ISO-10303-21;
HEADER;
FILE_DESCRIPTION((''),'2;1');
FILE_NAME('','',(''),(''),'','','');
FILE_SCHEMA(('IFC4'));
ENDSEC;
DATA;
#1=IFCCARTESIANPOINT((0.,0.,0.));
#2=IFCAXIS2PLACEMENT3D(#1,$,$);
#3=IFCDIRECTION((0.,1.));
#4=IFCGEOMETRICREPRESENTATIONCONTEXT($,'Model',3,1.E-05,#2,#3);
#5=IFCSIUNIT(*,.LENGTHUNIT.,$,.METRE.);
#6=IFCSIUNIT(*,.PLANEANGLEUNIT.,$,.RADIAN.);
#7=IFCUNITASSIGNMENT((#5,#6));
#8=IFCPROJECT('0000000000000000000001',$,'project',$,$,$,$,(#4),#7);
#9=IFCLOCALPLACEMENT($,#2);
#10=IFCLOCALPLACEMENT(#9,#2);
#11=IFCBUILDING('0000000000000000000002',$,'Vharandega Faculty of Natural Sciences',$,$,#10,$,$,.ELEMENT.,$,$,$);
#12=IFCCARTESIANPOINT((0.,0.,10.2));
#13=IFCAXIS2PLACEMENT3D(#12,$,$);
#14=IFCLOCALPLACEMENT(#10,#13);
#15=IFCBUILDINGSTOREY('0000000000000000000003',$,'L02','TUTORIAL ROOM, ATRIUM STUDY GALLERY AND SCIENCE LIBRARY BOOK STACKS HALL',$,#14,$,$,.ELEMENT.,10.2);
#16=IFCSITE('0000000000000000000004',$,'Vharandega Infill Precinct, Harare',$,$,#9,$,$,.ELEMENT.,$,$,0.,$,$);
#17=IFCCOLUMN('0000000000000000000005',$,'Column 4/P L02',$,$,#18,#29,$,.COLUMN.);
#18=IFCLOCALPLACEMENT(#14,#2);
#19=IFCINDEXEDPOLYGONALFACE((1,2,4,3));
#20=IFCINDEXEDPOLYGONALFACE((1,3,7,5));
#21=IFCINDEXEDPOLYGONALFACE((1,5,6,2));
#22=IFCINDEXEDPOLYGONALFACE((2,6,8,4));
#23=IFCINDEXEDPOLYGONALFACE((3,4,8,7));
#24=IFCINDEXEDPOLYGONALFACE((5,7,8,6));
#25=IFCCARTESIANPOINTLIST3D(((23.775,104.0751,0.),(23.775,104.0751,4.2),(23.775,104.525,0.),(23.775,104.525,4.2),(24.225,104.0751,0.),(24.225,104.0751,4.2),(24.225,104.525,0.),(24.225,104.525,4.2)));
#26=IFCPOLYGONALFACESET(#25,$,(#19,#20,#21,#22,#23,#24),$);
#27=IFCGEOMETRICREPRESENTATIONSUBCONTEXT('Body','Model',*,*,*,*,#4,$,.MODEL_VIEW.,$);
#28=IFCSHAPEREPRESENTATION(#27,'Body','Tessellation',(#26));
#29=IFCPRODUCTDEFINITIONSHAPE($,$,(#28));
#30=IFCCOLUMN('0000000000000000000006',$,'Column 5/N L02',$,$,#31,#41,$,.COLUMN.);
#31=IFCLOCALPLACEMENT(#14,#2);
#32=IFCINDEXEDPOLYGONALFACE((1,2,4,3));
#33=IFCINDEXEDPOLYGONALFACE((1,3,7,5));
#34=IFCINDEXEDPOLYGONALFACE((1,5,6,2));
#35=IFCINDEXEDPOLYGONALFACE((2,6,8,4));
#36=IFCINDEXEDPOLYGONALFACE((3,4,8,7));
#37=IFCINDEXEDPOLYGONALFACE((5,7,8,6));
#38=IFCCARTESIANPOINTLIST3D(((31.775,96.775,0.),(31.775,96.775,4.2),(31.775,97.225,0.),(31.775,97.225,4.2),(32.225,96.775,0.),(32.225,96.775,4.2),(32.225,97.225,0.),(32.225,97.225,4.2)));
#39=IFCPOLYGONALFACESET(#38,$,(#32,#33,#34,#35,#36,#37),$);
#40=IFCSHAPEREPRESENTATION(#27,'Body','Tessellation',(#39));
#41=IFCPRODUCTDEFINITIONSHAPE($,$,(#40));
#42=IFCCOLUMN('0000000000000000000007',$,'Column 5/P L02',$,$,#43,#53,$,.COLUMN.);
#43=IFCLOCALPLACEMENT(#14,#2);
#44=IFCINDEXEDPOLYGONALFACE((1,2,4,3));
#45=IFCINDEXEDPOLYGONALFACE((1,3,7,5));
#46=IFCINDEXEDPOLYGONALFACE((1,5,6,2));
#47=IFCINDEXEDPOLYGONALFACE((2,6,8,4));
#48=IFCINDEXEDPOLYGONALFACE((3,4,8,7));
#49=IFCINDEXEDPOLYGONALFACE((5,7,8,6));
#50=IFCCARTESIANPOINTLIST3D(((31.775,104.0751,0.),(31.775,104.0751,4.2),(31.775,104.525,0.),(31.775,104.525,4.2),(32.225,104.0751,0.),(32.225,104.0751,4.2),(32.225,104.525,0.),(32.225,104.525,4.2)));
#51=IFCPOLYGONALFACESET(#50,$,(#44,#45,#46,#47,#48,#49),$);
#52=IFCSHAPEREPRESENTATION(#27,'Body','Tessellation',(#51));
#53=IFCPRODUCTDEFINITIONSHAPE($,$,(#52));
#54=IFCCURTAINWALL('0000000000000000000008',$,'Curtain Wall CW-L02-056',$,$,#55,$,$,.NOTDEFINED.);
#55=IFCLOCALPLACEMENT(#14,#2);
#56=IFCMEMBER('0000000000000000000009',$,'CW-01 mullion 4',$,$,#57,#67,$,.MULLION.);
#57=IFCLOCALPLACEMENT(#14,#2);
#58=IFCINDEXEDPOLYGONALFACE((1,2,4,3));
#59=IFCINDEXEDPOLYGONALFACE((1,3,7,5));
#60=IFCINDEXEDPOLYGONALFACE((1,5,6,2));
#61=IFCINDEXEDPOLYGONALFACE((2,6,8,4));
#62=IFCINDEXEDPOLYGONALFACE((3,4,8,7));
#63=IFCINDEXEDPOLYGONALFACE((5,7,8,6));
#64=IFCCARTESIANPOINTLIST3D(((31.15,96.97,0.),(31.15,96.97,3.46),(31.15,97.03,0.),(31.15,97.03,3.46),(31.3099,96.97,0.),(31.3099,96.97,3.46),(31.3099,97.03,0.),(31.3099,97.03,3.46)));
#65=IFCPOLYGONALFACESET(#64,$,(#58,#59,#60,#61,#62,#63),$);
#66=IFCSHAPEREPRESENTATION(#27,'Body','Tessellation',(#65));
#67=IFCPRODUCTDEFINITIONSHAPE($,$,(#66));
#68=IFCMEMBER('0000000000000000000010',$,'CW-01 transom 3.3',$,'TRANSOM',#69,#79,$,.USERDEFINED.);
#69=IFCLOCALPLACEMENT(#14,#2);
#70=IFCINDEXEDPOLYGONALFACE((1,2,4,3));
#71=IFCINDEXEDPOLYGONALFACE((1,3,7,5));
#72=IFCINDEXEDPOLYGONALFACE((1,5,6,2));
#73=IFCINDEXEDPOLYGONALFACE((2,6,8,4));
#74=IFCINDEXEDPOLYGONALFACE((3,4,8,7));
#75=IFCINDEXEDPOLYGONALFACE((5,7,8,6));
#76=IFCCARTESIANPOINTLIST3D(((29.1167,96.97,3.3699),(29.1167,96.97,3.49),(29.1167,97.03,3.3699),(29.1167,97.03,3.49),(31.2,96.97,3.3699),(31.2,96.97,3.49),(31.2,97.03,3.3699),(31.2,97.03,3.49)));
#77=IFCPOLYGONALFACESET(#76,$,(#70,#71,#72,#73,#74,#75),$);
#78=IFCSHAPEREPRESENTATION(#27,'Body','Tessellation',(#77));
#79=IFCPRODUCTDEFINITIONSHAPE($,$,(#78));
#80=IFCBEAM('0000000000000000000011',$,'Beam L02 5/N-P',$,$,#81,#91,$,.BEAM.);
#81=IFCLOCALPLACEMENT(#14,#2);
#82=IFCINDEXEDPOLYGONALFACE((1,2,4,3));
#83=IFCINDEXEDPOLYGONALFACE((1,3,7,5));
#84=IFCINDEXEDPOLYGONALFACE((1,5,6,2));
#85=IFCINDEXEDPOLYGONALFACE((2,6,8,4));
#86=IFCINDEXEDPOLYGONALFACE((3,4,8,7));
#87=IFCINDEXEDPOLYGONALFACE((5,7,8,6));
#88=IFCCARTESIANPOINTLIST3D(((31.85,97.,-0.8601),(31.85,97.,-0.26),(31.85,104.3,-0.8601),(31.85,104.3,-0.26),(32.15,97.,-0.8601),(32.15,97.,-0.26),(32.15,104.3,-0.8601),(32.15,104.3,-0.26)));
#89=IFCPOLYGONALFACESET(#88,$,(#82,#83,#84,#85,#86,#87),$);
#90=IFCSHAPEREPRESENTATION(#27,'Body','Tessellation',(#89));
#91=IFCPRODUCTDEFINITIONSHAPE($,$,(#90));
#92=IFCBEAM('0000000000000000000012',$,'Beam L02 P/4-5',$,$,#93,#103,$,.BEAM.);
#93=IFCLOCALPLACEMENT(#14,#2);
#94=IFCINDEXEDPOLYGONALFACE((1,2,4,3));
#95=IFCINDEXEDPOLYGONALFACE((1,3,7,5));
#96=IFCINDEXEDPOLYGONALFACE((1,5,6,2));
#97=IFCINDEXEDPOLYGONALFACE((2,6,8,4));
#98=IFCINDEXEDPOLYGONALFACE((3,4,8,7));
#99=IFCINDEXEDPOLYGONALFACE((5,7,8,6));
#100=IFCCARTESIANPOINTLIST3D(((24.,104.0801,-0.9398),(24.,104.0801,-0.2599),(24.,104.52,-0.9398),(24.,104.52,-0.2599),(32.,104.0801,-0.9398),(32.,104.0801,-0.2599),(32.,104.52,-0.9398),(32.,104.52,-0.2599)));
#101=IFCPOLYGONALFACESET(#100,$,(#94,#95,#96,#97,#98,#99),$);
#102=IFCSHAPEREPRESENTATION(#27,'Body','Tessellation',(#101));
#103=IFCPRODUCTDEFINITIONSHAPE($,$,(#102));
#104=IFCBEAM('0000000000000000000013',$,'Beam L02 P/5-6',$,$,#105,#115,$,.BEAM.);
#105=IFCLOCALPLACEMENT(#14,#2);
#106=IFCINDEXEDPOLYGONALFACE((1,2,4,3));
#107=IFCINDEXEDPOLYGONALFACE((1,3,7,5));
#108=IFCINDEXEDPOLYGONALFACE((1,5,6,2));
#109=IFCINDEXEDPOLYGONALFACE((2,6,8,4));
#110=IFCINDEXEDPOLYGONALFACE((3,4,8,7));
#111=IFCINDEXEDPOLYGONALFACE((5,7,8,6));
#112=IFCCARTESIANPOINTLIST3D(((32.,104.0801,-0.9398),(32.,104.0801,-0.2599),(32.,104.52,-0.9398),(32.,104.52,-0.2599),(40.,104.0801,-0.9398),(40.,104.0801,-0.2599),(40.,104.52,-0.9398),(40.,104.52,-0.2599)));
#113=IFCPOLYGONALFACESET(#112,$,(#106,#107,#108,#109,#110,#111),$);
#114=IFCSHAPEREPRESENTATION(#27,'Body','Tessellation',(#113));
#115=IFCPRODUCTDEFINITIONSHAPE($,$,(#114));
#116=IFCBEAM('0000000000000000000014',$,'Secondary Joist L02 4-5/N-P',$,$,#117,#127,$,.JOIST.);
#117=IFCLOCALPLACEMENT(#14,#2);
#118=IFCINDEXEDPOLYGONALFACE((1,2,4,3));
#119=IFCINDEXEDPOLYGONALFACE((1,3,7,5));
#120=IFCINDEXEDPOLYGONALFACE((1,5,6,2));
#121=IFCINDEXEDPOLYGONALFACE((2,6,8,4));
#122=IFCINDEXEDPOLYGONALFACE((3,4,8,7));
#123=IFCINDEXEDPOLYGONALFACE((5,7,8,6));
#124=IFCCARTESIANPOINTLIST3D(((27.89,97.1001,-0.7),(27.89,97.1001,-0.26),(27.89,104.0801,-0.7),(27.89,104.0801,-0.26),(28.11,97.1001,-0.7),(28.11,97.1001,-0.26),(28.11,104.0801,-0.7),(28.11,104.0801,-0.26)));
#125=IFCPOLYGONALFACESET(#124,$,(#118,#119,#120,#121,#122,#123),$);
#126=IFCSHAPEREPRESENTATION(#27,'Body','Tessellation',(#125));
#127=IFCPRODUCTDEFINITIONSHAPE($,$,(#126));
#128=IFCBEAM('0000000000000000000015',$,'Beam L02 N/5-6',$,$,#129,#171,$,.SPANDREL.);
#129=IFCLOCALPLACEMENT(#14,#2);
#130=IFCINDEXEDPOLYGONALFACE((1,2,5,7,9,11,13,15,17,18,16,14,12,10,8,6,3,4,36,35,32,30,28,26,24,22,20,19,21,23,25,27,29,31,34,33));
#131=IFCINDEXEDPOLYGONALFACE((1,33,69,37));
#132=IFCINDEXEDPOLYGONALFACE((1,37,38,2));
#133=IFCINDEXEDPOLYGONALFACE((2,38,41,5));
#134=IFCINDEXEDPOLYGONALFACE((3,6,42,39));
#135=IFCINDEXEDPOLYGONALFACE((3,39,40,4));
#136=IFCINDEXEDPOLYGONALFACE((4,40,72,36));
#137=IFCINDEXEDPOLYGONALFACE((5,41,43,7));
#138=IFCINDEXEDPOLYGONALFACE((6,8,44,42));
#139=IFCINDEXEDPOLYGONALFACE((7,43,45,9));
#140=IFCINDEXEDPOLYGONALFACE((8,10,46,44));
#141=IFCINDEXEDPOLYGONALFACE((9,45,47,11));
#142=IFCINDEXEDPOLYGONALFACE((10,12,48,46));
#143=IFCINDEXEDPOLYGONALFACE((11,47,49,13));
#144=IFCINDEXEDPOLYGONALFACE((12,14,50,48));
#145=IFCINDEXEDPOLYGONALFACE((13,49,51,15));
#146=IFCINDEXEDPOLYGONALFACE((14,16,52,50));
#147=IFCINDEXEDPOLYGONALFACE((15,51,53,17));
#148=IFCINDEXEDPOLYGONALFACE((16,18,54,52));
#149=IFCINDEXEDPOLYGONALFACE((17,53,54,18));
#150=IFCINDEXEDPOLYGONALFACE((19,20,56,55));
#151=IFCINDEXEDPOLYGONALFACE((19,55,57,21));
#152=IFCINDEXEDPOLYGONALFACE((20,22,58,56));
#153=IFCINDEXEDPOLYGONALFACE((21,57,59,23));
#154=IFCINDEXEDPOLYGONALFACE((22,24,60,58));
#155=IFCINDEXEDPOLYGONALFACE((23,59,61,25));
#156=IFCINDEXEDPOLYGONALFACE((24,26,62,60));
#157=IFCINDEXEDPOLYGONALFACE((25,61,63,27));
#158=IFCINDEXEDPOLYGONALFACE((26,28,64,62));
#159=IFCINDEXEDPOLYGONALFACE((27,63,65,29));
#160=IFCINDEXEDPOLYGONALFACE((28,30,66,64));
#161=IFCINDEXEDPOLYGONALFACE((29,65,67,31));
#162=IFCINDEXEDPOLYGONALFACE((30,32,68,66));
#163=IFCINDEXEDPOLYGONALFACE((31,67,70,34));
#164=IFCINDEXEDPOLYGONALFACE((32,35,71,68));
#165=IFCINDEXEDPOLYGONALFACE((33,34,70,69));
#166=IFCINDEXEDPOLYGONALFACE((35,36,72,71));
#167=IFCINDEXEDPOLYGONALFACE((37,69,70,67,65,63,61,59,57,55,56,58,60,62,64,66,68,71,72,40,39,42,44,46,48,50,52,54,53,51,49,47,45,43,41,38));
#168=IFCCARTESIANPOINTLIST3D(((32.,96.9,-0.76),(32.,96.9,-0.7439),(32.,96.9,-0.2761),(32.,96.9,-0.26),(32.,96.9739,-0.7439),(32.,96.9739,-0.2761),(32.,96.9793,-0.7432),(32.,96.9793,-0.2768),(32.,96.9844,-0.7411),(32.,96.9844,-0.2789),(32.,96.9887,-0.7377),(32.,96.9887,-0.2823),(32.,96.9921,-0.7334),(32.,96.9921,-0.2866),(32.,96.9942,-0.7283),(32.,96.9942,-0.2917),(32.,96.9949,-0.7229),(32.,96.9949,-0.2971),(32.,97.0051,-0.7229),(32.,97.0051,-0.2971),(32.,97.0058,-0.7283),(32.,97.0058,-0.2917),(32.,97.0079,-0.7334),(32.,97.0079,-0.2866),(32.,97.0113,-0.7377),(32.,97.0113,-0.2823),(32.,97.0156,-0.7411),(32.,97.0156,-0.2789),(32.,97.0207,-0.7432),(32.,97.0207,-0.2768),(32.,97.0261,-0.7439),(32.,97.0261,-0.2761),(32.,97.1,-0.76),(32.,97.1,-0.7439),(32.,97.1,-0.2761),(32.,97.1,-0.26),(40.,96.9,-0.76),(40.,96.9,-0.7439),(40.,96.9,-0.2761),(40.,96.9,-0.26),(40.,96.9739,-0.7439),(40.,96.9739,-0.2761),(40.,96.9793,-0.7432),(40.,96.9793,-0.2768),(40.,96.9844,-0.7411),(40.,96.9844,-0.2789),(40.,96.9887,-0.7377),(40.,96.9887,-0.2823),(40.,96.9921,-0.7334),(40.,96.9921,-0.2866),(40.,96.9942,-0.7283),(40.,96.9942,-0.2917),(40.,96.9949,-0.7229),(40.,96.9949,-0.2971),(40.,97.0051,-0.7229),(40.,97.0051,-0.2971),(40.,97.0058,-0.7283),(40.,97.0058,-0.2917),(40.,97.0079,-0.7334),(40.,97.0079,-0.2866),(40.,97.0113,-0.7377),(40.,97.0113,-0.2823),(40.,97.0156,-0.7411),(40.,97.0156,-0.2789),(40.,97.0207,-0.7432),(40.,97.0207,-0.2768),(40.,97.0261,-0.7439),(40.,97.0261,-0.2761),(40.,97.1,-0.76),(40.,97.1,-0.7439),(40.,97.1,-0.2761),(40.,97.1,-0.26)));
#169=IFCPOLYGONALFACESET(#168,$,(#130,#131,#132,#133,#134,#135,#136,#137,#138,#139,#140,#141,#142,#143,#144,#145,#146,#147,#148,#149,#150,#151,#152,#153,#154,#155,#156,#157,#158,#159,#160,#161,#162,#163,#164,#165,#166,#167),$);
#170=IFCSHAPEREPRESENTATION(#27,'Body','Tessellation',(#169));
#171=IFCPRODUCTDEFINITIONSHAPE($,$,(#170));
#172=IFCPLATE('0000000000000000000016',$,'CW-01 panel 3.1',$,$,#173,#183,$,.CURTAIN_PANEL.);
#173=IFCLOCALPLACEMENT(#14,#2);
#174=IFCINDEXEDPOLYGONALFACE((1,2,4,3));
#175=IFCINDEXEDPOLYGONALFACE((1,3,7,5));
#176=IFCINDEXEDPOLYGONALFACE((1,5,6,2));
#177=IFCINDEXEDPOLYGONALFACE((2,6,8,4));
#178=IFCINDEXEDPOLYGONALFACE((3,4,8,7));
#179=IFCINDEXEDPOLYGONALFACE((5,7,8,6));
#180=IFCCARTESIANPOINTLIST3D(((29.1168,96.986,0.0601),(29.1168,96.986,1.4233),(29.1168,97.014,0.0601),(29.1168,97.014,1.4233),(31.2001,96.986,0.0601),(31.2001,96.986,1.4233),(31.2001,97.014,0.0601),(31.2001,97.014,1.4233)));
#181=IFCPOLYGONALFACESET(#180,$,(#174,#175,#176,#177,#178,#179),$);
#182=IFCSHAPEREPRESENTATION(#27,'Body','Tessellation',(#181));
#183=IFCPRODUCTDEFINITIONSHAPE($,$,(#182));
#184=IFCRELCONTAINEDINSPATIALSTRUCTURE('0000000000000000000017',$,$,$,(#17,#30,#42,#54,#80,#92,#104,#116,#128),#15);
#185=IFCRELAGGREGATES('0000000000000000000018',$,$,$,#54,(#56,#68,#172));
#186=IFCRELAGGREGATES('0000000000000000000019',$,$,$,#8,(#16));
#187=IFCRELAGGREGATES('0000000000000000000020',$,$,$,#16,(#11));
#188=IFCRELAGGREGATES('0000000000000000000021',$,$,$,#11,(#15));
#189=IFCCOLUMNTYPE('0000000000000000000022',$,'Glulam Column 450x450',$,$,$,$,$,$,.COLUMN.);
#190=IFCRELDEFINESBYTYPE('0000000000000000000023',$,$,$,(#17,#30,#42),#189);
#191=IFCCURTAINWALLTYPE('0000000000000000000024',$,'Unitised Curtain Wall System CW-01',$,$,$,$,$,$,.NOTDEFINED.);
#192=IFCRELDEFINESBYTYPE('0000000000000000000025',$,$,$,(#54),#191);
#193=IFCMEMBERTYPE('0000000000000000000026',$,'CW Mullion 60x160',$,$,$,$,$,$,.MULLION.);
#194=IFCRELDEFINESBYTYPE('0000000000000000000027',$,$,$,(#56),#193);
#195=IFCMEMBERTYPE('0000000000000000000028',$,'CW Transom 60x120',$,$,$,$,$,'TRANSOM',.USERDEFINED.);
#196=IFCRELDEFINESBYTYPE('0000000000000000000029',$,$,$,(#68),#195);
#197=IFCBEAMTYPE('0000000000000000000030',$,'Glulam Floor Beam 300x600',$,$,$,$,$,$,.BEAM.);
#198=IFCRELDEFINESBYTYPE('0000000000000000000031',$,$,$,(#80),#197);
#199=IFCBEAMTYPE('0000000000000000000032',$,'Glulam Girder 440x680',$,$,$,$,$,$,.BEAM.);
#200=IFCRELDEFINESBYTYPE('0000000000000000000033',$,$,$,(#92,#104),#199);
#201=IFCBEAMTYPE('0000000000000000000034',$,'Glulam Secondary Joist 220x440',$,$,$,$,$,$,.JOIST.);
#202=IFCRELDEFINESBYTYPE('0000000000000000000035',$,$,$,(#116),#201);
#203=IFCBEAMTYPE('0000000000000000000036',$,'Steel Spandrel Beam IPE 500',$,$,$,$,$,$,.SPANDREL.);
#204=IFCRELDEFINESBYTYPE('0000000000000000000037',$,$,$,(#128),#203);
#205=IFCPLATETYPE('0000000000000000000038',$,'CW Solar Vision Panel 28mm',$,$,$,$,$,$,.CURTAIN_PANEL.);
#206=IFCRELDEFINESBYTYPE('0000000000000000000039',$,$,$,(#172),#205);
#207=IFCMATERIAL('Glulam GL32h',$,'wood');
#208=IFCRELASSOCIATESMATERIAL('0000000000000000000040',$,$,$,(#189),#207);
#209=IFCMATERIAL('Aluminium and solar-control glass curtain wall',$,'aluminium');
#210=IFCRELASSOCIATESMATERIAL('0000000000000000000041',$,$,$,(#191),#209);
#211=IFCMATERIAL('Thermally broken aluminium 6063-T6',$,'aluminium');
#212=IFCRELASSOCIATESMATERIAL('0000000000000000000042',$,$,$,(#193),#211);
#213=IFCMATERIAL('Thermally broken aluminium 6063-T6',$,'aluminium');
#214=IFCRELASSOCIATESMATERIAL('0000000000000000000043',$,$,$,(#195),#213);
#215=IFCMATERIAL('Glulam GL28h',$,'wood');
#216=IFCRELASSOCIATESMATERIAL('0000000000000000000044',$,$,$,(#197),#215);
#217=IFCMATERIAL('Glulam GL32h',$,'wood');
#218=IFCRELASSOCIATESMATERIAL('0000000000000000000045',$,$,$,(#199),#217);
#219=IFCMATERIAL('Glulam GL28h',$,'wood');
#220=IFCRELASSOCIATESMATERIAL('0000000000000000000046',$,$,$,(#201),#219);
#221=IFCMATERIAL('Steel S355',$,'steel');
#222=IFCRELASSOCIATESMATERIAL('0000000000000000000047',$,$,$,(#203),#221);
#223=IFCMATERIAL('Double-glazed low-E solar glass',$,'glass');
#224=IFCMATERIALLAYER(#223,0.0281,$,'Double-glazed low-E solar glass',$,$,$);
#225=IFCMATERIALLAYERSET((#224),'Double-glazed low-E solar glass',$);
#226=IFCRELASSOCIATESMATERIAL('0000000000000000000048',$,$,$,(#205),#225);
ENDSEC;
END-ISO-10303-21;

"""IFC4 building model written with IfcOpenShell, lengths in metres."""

from ifc_helpers import new_model, si_unit, direction, frame, origin, origin_2d, place, context, subcontext, project, spatial, rectangle, i_section, extrude, material, layer, layer_set, material_profile, profile_set, type_object, element, aggregate, save


model = new_model("IFC4")

# Units and contexts
model_context = context("Model", 3, precision=1e-05, world=origin(), true_north=direction((0.0, 1.0)))
body_context = subcontext(model_context, "Body", "Model", "MODEL_VIEW")
ifc_project = project(units=[si_unit("LENGTHUNIT", "METRE"), si_unit("PLANEANGLEUNIT", "RADIAN")], contexts=[model_context])

# Site, building, storey
site_placement = place(None, origin())
site = spatial("IfcSite", under=ifc_project, at=site_placement, Name="Vharandega Infill Precinct, Harare", CompositionType="ELEMENT", RefElevation=0.0)
building_placement = place(site_placement, origin())
building = spatial("IfcBuilding", under=site, at=building_placement, Name="Vharandega Faculty of Natural Sciences", CompositionType="ELEMENT")
storey_placement = place(building_placement, frame((0.0, 0.0, 10.2)))
storey = spatial("IfcBuildingStorey", under=building, at=storey_placement, Name="L02", Description="TUTORIAL ROOM, ATRIUM STUDY GALLERY AND SCIENCE LIBRARY BOOK STACKS HALL", CompositionType="ELEMENT", Elevation=10.2)

# Columns
ifc_material_1 = material(Name="Glulam GL32h", Category="wood")
ifc_material_profile_1 = material_profile(ifc_material_1, rectangle(XDim=0.45, YDim=0.45, at=origin_2d()), Name="GL32h 450x450")
ifc_profile_set_1 = profile_set([ifc_material_profile_1], Name="Glulam GL32h")
column_type = type_object("IfcColumnType", Name="Glulam Column 450x450", PredefinedType="COLUMN", material=ifc_profile_set_1)
for number, where, z_axis, x_axis, name in (
    (1, (24.0, 104.3, 0.0), (0.0, 0.0, 1.0), (1.0, 0.0, 0.0), "Column 4/P L02"),
    (2, (32.0, 97.0, 0.0), (0.0, 0.0, 1.0), (1.0, 0.0, 0.0), "Column 5/N L02"),
    (3, (32.0, 104.3, 0.0), (0.0, 0.0, 1.0), (1.0, 0.0, 0.0), "Column 5/P L02"),
):
    element("IfcColumn", number, at=place(storey_placement, frame(where, z_axis=z_axis, x_axis=x_axis)), inside=storey, type_object=column_type, Name=name, PredefinedType="COLUMN", context=body_context, shape_type="SweptSolid", body=[
        extrude(rectangle(XDim=0.45, YDim=0.45, at=origin_2d()), origin(), (0.0, 0.0, 1.0), 4.2),
    ])

# Curtain wall, members
ifc_material_2 = material(Name="Aluminium and solar-control glass curtain wall", Category="aluminium")
curtain_wall_type = type_object("IfcCurtainWallType", Name="Unitised Curtain Wall System CW-01", PredefinedType="NOTDEFINED", material=ifc_material_2)
curtain_wall_placement = place(storey_placement, origin())
curtain_wall = element("IfcCurtainWall", 4, at=curtain_wall_placement, inside=storey, type_object=curtain_wall_type, Name="Curtain Wall CW-L02-056", PredefinedType="NOTDEFINED")
ifc_material_3 = material(Name="Thermally broken aluminium 6063-T6", Category="aluminium")
ifc_material_profile_2 = material_profile(ifc_material_3, rectangle(XDim=0.0601, YDim=0.1599, at=origin_2d()), Name="ALU 60x160")
ifc_profile_set_2 = profile_set([ifc_material_profile_2], Name="Thermally broken aluminium 6063-T6")
member_type_1 = type_object("IfcMemberType", Name="CW Mullion 60x160", PredefinedType="MULLION", material=ifc_profile_set_2)
member_1_placement = place(storey_placement, frame((31.23, 97.0, 0.0), z_axis=(0.0, 0.0, 1.0), x_axis=(0.0, 1.0, 0.0)))
member_1 = element("IfcMember", 5, at=member_1_placement, type_object=member_type_1, Name="CW-01 mullion 4", PredefinedType="MULLION", context=body_context, shape_type="SweptSolid", body=[
    extrude(rectangle(XDim=0.0601, YDim=0.1599, at=origin_2d()), origin(), (0.0, 0.0, 1.0), 3.46),
])
ifc_material_4 = material(Name="Thermally broken aluminium 6063-T6", Category="aluminium")
ifc_material_profile_3 = material_profile(ifc_material_4, rectangle(XDim=0.0601, YDim=0.1201, at=origin_2d()), Name="ALU 60x120")
ifc_profile_set_3 = profile_set([ifc_material_profile_3], Name="Thermally broken aluminium 6063-T6")
member_type_2 = type_object("IfcMemberType", Name="CW Transom 60x120", ElementType="TRANSOM", PredefinedType="USERDEFINED", material=ifc_profile_set_3)
member_2_placement = place(storey_placement, frame((29.1167, 97.0, 3.4299), z_axis=(1.0, 0.0, 0.0), x_axis=(0.0, 1.0, 0.0)))
member_2 = element("IfcMember", 6, at=member_2_placement, type_object=member_type_2, Name="CW-01 transom 3.3", ObjectType="TRANSOM", PredefinedType="USERDEFINED", context=body_context, shape_type="SweptSolid", body=[
    extrude(rectangle(XDim=0.0601, YDim=0.1201, at=origin_2d()), origin(), (0.0, 0.0, 1.0), 2.0833),
])

# Beams
ifc_material_5 = material(Name="Glulam GL28h", Category="wood")
ifc_material_profile_4 = material_profile(ifc_material_5, rectangle(XDim=0.3, YDim=0.6001, at=origin_2d()), Name="GL28h 300x600")
ifc_profile_set_4 = profile_set([ifc_material_profile_4], Name="Glulam GL28h")
beam_type_1 = type_object("IfcBeamType", Name="Glulam Floor Beam 300x600", PredefinedType="BEAM", material=ifc_profile_set_4)
beam_1_placement = place(storey_placement, frame((32.0, 97.0, -0.5601), z_axis=(0.0, 1.0, 0.0), x_axis=(-1.0, 0.0, 0.0)))
element("IfcBeam", 7, at=beam_1_placement, inside=storey, type_object=beam_type_1, Name="Beam L02 5/N-P", PredefinedType="BEAM", context=body_context, shape_type="SweptSolid", body=[
    extrude(rectangle(XDim=0.3, YDim=0.6001, at=origin_2d()), origin(), (0.0, 0.0, 1.0), 7.3),
])
ifc_material_6 = material(Name="Glulam GL32h", Category="wood")
ifc_material_profile_5 = material_profile(ifc_material_6, rectangle(XDim=0.4399, YDim=0.6799, at=origin_2d()), Name="GL32h 440x680")
ifc_profile_set_5 = profile_set([ifc_material_profile_5], Name="Glulam GL32h")
beam_type_2 = type_object("IfcBeamType", Name="Glulam Girder 440x680", PredefinedType="BEAM", material=ifc_profile_set_5)
for number, where, z_axis, x_axis, name in (
    (8, (24.0, 104.3, -0.5999), (1.0, 0.0, 0.0), (0.0, 1.0, 0.0), "Beam L02 P/4-5"),
    (9, (32.0, 104.3, -0.5999), (1.0, 0.0, 0.0), (0.0, 1.0, 0.0), "Beam L02 P/5-6"),
):
    element("IfcBeam", number, at=place(storey_placement, frame(where, z_axis=z_axis, x_axis=x_axis)), inside=storey, type_object=beam_type_2, Name=name, PredefinedType="BEAM", context=body_context, shape_type="SweptSolid", body=[
        extrude(rectangle(XDim=0.4399, YDim=0.6799, at=origin_2d()), origin(), (0.0, 0.0, 1.0), 8.0),
    ])
ifc_material_7 = material(Name="Glulam GL28h", Category="wood")
ifc_material_profile_6 = material_profile(ifc_material_7, rectangle(XDim=0.22, YDim=0.4399, at=origin_2d()), Name="GL28h 220x440")
ifc_profile_set_6 = profile_set([ifc_material_profile_6], Name="Glulam GL28h")
beam_type_3 = type_object("IfcBeamType", Name="Glulam Secondary Joist 220x440", PredefinedType="JOIST", material=ifc_profile_set_6)
beam_2_placement = place(storey_placement, frame((28.0, 97.1001, -0.48), z_axis=(0.0, 1.0, 0.0), x_axis=(-1.0, 0.0, 0.0)))
element("IfcBeam", 10, at=beam_2_placement, inside=storey, type_object=beam_type_3, Name="Secondary Joist L02 4-5/N-P", PredefinedType="JOIST", context=body_context, shape_type="SweptSolid", body=[
    extrude(rectangle(XDim=0.22, YDim=0.4399, at=origin_2d()), origin(), (0.0, 0.0, 1.0), 6.98),
])
ifc_material_8 = material(Name="Steel S355", Category="steel")
ifc_material_profile_7 = material_profile(ifc_material_8, i_section(OverallWidth=0.2, OverallDepth=0.5, WebThickness=0.0103, FlangeThickness=0.0161, FilletRadius=0.021, at=origin_2d()), Name="IPE 500")
ifc_profile_set_7 = profile_set([ifc_material_profile_7], Name="Steel S355")
beam_type_4 = type_object("IfcBeamType", Name="Steel Spandrel Beam IPE 500", PredefinedType="SPANDREL", material=ifc_profile_set_7)
beam_3_placement = place(storey_placement, frame((32.0, 97.0, -0.51), z_axis=(1.0, 0.0, 0.0), x_axis=(0.0, 1.0, 0.0)))
element("IfcBeam", 11, at=beam_3_placement, inside=storey, type_object=beam_type_4, Name="Beam L02 N/5-6", PredefinedType="SPANDREL", context=body_context, shape_type="SweptSolid", body=[
    extrude(i_section(OverallWidth=0.2, OverallDepth=0.5, WebThickness=0.0103, FlangeThickness=0.0161, FilletRadius=0.021, at=origin_2d()), origin(), (0.0, 0.0, 1.0), 8.0),
])

# Plate
ifc_material_9 = material(Name="Double-glazed low-E solar glass", Category="glass")
ifc_layer_1 = layer(ifc_material_9, 0.0281, Name="Double-glazed low-E solar glass")
ifc_layer_set_1 = layer_set([ifc_layer_1], Name="Double-glazed low-E solar glass")
plate_type = type_object("IfcPlateType", Name="CW Solar Vision Panel 28mm", PredefinedType="CURTAIN_PANEL", material=ifc_layer_set_1)
plate_1_placement = place(storey_placement, frame((30.1584, 97.0, 0.0601), z_axis=(0.0, 0.0, 1.0), x_axis=(1.0, 0.0, 0.0)))
plate_1 = element("IfcPlate", 12, at=plate_1_placement, type_object=plate_type, Name="CW-01 panel 3.1", PredefinedType="CURTAIN_PANEL", context=body_context, shape_type="SweptSolid", body=[
    extrude(rectangle(XDim=2.0833, YDim=0.0281, at=origin_2d()), origin(), (0.0, 0.0, 1.0), 1.3633),
])
aggregate(curtain_wall, [member_1, member_2, plate_1])

save(model, "model.ifc")
